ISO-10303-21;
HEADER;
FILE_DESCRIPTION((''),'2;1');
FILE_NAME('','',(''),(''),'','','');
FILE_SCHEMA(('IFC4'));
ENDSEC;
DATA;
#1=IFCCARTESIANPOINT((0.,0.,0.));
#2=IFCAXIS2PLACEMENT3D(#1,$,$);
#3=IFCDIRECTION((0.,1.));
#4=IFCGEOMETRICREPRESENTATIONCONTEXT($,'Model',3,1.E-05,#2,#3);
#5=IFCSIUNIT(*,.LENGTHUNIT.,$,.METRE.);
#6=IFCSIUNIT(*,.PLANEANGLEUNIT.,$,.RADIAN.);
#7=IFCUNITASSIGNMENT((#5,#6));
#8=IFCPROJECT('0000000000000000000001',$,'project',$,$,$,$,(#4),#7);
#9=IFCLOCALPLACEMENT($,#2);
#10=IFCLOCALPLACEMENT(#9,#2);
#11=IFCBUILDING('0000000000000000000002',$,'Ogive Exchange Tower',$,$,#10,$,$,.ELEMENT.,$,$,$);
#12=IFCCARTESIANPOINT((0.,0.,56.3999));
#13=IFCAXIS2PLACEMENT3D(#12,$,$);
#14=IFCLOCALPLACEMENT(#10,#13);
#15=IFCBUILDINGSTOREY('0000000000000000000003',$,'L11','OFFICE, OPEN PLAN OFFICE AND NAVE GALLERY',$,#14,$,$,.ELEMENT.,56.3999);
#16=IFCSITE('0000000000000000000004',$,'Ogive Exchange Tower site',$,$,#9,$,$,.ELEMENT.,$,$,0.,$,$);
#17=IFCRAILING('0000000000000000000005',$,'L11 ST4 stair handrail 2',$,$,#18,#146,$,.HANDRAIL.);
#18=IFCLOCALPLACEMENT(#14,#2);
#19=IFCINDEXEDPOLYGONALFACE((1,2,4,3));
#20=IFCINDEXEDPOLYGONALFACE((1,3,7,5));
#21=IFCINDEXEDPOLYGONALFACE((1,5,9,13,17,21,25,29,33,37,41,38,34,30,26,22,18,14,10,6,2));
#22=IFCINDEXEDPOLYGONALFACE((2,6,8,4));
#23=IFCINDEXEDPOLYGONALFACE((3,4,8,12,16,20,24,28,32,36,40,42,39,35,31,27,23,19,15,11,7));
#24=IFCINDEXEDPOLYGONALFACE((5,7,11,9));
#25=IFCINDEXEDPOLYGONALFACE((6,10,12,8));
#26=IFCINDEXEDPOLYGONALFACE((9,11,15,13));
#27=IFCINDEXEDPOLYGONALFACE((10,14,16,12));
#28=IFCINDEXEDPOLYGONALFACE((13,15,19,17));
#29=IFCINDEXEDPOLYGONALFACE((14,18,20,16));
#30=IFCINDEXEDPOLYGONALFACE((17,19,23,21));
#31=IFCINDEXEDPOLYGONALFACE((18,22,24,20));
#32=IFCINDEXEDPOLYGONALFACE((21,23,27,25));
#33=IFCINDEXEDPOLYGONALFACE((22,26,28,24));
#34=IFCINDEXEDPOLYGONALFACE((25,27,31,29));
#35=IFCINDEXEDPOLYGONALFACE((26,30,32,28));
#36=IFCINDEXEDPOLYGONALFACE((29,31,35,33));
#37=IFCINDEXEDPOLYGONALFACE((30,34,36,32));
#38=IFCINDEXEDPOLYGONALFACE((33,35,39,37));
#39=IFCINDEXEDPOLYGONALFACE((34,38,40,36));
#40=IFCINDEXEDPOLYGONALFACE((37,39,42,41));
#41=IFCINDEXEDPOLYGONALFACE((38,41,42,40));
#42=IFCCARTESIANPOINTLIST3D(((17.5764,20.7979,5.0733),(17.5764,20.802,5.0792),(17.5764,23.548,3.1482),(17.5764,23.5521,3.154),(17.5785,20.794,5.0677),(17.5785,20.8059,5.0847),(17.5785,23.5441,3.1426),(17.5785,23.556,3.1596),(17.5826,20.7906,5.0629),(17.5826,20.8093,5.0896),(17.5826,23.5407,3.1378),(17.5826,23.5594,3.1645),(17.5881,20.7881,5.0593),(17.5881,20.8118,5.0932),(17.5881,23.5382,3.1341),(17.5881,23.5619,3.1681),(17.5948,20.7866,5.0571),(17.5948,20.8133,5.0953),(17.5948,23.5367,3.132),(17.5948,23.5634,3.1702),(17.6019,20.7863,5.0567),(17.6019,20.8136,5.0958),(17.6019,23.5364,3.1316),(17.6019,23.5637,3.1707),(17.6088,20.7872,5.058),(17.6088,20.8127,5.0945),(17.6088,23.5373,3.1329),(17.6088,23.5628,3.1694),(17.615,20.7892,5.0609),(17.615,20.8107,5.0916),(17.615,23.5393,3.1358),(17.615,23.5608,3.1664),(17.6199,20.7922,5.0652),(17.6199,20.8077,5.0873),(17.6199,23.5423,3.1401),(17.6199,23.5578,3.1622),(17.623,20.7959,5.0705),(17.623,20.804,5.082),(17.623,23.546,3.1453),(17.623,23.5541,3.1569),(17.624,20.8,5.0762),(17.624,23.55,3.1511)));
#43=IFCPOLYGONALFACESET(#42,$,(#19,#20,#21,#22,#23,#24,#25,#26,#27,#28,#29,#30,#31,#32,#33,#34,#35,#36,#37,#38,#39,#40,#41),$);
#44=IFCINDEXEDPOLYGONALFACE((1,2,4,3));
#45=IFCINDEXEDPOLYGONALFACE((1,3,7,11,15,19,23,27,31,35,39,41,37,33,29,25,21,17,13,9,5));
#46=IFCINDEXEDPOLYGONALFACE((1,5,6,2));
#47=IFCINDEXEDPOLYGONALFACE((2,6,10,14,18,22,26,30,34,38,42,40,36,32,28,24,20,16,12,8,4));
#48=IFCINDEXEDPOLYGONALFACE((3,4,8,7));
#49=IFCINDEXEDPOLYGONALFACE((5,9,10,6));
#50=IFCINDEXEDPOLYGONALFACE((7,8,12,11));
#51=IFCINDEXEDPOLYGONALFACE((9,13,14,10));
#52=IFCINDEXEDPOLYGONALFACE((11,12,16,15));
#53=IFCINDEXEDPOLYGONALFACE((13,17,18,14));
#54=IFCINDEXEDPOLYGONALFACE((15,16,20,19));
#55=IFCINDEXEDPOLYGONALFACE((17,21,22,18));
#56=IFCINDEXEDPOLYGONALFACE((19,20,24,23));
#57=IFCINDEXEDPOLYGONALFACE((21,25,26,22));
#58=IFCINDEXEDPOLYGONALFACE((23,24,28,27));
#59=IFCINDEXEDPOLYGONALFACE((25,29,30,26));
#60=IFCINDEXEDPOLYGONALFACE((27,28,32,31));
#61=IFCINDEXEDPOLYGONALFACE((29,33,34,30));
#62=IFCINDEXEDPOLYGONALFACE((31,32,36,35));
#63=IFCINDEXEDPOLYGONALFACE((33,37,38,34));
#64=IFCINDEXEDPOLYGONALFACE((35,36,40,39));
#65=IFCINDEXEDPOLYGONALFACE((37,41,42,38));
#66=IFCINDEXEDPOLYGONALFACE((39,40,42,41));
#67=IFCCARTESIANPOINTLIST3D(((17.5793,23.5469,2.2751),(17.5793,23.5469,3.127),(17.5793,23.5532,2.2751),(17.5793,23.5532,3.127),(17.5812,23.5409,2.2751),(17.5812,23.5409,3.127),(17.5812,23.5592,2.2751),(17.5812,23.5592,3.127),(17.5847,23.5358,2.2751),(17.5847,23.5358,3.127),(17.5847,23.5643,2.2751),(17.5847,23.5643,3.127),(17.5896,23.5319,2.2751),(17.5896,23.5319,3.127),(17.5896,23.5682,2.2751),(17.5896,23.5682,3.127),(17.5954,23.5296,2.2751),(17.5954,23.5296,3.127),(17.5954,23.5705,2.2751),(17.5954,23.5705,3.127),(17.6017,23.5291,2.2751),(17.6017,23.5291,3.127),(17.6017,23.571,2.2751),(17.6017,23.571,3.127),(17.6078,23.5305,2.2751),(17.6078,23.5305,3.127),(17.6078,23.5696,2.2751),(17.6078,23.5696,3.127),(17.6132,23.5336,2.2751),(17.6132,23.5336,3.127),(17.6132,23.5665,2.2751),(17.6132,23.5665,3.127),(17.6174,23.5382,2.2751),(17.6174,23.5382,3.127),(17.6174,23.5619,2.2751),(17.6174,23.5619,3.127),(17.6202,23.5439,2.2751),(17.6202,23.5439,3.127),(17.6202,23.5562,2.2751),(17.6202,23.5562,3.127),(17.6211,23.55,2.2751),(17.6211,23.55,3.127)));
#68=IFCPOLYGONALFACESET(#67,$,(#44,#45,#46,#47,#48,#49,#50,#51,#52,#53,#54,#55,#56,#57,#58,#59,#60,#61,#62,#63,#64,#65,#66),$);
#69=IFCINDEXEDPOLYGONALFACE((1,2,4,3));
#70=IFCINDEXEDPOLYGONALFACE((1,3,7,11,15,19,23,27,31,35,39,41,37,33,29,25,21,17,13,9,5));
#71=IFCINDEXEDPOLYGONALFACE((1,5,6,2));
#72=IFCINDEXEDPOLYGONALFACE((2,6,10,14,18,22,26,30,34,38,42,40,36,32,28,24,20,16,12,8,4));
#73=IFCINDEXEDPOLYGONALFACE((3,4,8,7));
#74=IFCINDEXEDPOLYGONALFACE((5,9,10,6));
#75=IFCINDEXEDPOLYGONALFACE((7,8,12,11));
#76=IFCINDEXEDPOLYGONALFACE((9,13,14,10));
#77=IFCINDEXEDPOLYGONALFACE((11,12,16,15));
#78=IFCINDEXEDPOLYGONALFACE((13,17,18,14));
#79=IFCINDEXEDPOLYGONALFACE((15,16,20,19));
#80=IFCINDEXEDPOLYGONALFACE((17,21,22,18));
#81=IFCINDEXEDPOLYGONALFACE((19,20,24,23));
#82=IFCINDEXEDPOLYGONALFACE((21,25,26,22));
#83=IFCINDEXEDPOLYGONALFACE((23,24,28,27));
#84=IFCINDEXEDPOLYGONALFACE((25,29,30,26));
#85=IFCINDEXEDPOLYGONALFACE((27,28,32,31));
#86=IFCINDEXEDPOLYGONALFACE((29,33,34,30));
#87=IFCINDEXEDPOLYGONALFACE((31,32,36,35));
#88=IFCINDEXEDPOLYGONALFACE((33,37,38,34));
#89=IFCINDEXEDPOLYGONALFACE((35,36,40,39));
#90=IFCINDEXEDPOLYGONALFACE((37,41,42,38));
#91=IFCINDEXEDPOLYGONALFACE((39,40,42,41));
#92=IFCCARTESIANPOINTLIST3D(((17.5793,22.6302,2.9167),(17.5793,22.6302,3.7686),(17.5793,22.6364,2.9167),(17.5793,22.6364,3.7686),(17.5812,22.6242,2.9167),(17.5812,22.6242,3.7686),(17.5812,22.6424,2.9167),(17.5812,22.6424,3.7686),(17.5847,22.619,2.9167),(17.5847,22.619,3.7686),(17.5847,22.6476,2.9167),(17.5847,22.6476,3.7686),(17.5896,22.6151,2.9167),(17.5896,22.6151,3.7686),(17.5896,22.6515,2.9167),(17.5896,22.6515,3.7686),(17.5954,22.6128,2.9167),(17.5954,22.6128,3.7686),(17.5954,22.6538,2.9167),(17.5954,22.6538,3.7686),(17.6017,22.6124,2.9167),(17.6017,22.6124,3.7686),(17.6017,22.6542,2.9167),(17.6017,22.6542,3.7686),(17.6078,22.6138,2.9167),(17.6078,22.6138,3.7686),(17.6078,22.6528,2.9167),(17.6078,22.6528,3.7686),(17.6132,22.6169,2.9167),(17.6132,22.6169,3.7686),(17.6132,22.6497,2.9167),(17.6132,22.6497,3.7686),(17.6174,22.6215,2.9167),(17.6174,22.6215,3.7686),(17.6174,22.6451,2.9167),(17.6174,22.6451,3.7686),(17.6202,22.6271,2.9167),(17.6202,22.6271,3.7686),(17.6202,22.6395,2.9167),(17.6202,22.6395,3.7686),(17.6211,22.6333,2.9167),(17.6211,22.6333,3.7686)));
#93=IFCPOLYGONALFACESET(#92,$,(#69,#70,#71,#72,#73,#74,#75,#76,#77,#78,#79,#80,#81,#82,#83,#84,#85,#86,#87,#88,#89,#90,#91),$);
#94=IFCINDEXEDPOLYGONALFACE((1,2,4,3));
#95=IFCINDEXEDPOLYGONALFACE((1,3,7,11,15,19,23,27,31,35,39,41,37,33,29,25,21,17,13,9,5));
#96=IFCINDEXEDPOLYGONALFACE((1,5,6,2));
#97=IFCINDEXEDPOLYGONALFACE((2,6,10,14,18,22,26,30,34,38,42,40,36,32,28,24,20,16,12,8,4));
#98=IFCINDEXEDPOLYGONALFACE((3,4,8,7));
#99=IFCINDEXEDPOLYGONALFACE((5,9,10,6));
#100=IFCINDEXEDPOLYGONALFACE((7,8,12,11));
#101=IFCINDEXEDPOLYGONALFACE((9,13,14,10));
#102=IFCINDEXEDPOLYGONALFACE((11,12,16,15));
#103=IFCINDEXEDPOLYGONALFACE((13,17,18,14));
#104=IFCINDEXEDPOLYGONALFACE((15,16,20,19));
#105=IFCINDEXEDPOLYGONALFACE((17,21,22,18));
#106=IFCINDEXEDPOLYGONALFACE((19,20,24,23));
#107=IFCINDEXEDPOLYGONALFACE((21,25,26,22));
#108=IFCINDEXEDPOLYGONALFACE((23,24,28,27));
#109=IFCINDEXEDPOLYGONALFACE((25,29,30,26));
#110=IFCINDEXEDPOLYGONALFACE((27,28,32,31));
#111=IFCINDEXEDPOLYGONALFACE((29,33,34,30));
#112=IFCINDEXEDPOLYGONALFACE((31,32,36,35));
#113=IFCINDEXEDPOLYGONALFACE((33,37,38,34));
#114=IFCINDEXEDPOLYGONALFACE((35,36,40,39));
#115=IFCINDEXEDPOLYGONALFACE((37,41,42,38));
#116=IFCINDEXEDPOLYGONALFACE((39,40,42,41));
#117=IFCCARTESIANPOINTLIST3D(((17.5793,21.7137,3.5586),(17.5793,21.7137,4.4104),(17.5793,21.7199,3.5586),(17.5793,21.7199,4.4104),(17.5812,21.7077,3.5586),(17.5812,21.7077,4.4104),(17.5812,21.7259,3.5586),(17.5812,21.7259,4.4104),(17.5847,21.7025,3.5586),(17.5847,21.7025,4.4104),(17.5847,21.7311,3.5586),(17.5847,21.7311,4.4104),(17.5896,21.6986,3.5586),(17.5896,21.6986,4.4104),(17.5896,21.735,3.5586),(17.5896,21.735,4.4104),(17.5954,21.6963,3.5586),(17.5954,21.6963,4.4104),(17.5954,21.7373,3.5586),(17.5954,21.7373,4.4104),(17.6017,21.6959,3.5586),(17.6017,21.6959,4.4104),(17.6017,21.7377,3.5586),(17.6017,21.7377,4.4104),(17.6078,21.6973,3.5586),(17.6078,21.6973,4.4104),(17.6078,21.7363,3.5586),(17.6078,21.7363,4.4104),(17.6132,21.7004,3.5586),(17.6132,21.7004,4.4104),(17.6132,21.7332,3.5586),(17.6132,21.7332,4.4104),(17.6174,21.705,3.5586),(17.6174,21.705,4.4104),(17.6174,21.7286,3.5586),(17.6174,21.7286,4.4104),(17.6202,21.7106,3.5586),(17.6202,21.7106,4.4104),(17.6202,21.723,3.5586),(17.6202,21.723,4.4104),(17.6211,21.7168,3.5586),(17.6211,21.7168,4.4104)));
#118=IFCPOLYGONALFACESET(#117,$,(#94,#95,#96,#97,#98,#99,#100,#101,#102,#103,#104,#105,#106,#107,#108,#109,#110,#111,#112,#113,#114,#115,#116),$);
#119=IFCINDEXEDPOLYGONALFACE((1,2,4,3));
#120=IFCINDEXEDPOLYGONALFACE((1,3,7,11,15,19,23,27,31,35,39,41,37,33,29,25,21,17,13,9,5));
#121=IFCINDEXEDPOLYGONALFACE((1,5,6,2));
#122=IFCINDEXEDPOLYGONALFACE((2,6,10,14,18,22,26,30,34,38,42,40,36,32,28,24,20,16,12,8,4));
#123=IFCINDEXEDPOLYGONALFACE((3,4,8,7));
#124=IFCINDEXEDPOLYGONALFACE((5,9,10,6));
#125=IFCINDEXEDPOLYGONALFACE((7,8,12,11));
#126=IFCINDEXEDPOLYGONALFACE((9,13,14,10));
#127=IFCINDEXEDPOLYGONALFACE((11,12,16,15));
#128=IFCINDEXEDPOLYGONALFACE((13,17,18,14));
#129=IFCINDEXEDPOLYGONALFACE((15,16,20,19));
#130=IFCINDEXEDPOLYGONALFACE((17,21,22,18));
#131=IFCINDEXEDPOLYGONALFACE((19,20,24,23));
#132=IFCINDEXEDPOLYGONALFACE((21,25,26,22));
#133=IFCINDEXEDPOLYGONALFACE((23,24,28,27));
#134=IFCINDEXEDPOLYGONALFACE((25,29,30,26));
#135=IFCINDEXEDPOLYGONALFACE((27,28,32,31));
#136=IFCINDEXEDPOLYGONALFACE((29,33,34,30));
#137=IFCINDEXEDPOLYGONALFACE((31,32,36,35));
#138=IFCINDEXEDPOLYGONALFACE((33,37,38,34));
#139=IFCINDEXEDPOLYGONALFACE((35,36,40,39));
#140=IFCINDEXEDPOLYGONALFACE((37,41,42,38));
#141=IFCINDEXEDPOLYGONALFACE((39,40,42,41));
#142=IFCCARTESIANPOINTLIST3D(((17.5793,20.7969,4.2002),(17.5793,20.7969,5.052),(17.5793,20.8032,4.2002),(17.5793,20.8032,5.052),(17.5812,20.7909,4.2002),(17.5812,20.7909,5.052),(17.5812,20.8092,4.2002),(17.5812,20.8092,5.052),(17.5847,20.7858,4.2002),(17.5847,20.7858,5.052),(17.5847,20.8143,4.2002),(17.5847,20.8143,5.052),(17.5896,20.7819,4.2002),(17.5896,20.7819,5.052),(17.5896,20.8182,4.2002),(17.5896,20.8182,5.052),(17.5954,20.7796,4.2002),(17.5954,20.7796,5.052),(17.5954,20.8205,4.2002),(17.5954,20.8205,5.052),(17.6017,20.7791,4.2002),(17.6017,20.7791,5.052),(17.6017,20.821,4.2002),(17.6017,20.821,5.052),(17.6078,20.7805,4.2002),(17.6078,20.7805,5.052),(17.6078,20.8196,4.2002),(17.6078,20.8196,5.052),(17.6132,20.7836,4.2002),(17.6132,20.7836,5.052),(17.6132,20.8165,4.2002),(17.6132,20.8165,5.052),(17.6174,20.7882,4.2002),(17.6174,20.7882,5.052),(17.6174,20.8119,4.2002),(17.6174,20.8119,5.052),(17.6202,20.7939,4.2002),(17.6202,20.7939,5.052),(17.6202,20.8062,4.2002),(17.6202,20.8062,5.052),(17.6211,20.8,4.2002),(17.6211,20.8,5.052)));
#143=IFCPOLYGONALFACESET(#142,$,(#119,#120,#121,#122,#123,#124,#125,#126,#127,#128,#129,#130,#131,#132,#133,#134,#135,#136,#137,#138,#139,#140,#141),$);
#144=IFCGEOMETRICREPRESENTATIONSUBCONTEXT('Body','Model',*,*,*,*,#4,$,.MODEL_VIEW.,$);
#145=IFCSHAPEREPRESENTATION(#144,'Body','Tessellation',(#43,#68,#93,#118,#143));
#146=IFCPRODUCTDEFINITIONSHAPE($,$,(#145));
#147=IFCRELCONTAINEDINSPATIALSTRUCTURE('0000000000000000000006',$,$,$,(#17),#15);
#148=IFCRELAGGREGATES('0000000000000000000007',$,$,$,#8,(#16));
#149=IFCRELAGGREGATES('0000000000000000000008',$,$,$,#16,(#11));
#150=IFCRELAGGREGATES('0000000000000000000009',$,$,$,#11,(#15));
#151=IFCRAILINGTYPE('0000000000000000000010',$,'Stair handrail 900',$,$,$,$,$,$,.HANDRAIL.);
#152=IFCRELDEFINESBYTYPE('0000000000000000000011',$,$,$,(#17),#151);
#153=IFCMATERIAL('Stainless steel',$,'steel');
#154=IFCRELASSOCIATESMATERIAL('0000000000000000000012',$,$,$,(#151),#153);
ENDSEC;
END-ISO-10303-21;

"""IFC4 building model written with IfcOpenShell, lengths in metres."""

from ifc_helpers import new_model, si_unit, direction, frame, origin, origin_2d, place, context, subcontext, project, spatial, circle, extrude, material, type_object, element, save


model = new_model("IFC4")

# Units and contexts
model_context = context("Model", 3, precision=1e-05, world=origin(), true_north=direction((0.0, 1.0)))
body_context = subcontext(model_context, "Body", "Model", "MODEL_VIEW")
ifc_project = project(units=[si_unit("LENGTHUNIT", "METRE"), si_unit("PLANEANGLEUNIT", "RADIAN")], contexts=[model_context])

# Site, building, storey
site_placement = place(None, origin())
site = spatial("IfcSite", under=ifc_project, at=site_placement, Name="Ogive Exchange Tower site", CompositionType="ELEMENT", RefElevation=0.0)
building_placement = place(site_placement, origin())
building = spatial("IfcBuilding", under=site, at=building_placement, Name="Ogive Exchange Tower", CompositionType="ELEMENT")
storey_placement = place(building_placement, frame((0.0, 0.0, 56.3999)))
storey = spatial("IfcBuildingStorey", under=building, at=storey_placement, Name="L11", Description="OFFICE, OPEN PLAN OFFICE AND NAVE GALLERY", CompositionType="ELEMENT", Elevation=56.3999)

# Railing
ifc_material_1 = material(Name="Stainless steel", Category="steel")
railing_type = type_object("IfcRailingType", Name="Stair handrail 900", PredefinedType="HANDRAIL", material=ifc_material_1)
railing_1_placement = place(storey_placement, frame((17.6001, 23.55, 2.2751)))
element("IfcRailing", 1, at=railing_1_placement, inside=storey, type_object=railing_type, Name="L11 ST4 stair handrail 2", PredefinedType="HANDRAIL", context=body_context, shape_type="SweptSolid", body=[
    extrude(circle(Radius=0.0239, at=origin_2d()), frame((0.0, 0.0, 0.876), z_axis=(0.0, -0.819225, 0.573472), x_axis=(1.0, 0.0, 0.0)), (0.0, 0.0, 1.0), 3.3569),
    extrude(circle(Radius=0.021, at=origin_2d()), origin(), (0.0, 0.0, 1.0), 0.8518),
    extrude(circle(Radius=0.021, at=origin_2d()), frame((0.0, -0.9167, 0.6416)), (0.0, 0.0, 1.0), 0.8518),
    extrude(circle(Radius=0.021, at=origin_2d()), frame((0.0, -1.8333, 1.2834)), (0.0, 0.0, 1.0), 0.8518),
    extrude(circle(Radius=0.021, at=origin_2d()), frame((0.0, -2.75, 1.925)), (0.0, 0.0, 1.0), 0.8518),
])

save(model, "model.ifc")
